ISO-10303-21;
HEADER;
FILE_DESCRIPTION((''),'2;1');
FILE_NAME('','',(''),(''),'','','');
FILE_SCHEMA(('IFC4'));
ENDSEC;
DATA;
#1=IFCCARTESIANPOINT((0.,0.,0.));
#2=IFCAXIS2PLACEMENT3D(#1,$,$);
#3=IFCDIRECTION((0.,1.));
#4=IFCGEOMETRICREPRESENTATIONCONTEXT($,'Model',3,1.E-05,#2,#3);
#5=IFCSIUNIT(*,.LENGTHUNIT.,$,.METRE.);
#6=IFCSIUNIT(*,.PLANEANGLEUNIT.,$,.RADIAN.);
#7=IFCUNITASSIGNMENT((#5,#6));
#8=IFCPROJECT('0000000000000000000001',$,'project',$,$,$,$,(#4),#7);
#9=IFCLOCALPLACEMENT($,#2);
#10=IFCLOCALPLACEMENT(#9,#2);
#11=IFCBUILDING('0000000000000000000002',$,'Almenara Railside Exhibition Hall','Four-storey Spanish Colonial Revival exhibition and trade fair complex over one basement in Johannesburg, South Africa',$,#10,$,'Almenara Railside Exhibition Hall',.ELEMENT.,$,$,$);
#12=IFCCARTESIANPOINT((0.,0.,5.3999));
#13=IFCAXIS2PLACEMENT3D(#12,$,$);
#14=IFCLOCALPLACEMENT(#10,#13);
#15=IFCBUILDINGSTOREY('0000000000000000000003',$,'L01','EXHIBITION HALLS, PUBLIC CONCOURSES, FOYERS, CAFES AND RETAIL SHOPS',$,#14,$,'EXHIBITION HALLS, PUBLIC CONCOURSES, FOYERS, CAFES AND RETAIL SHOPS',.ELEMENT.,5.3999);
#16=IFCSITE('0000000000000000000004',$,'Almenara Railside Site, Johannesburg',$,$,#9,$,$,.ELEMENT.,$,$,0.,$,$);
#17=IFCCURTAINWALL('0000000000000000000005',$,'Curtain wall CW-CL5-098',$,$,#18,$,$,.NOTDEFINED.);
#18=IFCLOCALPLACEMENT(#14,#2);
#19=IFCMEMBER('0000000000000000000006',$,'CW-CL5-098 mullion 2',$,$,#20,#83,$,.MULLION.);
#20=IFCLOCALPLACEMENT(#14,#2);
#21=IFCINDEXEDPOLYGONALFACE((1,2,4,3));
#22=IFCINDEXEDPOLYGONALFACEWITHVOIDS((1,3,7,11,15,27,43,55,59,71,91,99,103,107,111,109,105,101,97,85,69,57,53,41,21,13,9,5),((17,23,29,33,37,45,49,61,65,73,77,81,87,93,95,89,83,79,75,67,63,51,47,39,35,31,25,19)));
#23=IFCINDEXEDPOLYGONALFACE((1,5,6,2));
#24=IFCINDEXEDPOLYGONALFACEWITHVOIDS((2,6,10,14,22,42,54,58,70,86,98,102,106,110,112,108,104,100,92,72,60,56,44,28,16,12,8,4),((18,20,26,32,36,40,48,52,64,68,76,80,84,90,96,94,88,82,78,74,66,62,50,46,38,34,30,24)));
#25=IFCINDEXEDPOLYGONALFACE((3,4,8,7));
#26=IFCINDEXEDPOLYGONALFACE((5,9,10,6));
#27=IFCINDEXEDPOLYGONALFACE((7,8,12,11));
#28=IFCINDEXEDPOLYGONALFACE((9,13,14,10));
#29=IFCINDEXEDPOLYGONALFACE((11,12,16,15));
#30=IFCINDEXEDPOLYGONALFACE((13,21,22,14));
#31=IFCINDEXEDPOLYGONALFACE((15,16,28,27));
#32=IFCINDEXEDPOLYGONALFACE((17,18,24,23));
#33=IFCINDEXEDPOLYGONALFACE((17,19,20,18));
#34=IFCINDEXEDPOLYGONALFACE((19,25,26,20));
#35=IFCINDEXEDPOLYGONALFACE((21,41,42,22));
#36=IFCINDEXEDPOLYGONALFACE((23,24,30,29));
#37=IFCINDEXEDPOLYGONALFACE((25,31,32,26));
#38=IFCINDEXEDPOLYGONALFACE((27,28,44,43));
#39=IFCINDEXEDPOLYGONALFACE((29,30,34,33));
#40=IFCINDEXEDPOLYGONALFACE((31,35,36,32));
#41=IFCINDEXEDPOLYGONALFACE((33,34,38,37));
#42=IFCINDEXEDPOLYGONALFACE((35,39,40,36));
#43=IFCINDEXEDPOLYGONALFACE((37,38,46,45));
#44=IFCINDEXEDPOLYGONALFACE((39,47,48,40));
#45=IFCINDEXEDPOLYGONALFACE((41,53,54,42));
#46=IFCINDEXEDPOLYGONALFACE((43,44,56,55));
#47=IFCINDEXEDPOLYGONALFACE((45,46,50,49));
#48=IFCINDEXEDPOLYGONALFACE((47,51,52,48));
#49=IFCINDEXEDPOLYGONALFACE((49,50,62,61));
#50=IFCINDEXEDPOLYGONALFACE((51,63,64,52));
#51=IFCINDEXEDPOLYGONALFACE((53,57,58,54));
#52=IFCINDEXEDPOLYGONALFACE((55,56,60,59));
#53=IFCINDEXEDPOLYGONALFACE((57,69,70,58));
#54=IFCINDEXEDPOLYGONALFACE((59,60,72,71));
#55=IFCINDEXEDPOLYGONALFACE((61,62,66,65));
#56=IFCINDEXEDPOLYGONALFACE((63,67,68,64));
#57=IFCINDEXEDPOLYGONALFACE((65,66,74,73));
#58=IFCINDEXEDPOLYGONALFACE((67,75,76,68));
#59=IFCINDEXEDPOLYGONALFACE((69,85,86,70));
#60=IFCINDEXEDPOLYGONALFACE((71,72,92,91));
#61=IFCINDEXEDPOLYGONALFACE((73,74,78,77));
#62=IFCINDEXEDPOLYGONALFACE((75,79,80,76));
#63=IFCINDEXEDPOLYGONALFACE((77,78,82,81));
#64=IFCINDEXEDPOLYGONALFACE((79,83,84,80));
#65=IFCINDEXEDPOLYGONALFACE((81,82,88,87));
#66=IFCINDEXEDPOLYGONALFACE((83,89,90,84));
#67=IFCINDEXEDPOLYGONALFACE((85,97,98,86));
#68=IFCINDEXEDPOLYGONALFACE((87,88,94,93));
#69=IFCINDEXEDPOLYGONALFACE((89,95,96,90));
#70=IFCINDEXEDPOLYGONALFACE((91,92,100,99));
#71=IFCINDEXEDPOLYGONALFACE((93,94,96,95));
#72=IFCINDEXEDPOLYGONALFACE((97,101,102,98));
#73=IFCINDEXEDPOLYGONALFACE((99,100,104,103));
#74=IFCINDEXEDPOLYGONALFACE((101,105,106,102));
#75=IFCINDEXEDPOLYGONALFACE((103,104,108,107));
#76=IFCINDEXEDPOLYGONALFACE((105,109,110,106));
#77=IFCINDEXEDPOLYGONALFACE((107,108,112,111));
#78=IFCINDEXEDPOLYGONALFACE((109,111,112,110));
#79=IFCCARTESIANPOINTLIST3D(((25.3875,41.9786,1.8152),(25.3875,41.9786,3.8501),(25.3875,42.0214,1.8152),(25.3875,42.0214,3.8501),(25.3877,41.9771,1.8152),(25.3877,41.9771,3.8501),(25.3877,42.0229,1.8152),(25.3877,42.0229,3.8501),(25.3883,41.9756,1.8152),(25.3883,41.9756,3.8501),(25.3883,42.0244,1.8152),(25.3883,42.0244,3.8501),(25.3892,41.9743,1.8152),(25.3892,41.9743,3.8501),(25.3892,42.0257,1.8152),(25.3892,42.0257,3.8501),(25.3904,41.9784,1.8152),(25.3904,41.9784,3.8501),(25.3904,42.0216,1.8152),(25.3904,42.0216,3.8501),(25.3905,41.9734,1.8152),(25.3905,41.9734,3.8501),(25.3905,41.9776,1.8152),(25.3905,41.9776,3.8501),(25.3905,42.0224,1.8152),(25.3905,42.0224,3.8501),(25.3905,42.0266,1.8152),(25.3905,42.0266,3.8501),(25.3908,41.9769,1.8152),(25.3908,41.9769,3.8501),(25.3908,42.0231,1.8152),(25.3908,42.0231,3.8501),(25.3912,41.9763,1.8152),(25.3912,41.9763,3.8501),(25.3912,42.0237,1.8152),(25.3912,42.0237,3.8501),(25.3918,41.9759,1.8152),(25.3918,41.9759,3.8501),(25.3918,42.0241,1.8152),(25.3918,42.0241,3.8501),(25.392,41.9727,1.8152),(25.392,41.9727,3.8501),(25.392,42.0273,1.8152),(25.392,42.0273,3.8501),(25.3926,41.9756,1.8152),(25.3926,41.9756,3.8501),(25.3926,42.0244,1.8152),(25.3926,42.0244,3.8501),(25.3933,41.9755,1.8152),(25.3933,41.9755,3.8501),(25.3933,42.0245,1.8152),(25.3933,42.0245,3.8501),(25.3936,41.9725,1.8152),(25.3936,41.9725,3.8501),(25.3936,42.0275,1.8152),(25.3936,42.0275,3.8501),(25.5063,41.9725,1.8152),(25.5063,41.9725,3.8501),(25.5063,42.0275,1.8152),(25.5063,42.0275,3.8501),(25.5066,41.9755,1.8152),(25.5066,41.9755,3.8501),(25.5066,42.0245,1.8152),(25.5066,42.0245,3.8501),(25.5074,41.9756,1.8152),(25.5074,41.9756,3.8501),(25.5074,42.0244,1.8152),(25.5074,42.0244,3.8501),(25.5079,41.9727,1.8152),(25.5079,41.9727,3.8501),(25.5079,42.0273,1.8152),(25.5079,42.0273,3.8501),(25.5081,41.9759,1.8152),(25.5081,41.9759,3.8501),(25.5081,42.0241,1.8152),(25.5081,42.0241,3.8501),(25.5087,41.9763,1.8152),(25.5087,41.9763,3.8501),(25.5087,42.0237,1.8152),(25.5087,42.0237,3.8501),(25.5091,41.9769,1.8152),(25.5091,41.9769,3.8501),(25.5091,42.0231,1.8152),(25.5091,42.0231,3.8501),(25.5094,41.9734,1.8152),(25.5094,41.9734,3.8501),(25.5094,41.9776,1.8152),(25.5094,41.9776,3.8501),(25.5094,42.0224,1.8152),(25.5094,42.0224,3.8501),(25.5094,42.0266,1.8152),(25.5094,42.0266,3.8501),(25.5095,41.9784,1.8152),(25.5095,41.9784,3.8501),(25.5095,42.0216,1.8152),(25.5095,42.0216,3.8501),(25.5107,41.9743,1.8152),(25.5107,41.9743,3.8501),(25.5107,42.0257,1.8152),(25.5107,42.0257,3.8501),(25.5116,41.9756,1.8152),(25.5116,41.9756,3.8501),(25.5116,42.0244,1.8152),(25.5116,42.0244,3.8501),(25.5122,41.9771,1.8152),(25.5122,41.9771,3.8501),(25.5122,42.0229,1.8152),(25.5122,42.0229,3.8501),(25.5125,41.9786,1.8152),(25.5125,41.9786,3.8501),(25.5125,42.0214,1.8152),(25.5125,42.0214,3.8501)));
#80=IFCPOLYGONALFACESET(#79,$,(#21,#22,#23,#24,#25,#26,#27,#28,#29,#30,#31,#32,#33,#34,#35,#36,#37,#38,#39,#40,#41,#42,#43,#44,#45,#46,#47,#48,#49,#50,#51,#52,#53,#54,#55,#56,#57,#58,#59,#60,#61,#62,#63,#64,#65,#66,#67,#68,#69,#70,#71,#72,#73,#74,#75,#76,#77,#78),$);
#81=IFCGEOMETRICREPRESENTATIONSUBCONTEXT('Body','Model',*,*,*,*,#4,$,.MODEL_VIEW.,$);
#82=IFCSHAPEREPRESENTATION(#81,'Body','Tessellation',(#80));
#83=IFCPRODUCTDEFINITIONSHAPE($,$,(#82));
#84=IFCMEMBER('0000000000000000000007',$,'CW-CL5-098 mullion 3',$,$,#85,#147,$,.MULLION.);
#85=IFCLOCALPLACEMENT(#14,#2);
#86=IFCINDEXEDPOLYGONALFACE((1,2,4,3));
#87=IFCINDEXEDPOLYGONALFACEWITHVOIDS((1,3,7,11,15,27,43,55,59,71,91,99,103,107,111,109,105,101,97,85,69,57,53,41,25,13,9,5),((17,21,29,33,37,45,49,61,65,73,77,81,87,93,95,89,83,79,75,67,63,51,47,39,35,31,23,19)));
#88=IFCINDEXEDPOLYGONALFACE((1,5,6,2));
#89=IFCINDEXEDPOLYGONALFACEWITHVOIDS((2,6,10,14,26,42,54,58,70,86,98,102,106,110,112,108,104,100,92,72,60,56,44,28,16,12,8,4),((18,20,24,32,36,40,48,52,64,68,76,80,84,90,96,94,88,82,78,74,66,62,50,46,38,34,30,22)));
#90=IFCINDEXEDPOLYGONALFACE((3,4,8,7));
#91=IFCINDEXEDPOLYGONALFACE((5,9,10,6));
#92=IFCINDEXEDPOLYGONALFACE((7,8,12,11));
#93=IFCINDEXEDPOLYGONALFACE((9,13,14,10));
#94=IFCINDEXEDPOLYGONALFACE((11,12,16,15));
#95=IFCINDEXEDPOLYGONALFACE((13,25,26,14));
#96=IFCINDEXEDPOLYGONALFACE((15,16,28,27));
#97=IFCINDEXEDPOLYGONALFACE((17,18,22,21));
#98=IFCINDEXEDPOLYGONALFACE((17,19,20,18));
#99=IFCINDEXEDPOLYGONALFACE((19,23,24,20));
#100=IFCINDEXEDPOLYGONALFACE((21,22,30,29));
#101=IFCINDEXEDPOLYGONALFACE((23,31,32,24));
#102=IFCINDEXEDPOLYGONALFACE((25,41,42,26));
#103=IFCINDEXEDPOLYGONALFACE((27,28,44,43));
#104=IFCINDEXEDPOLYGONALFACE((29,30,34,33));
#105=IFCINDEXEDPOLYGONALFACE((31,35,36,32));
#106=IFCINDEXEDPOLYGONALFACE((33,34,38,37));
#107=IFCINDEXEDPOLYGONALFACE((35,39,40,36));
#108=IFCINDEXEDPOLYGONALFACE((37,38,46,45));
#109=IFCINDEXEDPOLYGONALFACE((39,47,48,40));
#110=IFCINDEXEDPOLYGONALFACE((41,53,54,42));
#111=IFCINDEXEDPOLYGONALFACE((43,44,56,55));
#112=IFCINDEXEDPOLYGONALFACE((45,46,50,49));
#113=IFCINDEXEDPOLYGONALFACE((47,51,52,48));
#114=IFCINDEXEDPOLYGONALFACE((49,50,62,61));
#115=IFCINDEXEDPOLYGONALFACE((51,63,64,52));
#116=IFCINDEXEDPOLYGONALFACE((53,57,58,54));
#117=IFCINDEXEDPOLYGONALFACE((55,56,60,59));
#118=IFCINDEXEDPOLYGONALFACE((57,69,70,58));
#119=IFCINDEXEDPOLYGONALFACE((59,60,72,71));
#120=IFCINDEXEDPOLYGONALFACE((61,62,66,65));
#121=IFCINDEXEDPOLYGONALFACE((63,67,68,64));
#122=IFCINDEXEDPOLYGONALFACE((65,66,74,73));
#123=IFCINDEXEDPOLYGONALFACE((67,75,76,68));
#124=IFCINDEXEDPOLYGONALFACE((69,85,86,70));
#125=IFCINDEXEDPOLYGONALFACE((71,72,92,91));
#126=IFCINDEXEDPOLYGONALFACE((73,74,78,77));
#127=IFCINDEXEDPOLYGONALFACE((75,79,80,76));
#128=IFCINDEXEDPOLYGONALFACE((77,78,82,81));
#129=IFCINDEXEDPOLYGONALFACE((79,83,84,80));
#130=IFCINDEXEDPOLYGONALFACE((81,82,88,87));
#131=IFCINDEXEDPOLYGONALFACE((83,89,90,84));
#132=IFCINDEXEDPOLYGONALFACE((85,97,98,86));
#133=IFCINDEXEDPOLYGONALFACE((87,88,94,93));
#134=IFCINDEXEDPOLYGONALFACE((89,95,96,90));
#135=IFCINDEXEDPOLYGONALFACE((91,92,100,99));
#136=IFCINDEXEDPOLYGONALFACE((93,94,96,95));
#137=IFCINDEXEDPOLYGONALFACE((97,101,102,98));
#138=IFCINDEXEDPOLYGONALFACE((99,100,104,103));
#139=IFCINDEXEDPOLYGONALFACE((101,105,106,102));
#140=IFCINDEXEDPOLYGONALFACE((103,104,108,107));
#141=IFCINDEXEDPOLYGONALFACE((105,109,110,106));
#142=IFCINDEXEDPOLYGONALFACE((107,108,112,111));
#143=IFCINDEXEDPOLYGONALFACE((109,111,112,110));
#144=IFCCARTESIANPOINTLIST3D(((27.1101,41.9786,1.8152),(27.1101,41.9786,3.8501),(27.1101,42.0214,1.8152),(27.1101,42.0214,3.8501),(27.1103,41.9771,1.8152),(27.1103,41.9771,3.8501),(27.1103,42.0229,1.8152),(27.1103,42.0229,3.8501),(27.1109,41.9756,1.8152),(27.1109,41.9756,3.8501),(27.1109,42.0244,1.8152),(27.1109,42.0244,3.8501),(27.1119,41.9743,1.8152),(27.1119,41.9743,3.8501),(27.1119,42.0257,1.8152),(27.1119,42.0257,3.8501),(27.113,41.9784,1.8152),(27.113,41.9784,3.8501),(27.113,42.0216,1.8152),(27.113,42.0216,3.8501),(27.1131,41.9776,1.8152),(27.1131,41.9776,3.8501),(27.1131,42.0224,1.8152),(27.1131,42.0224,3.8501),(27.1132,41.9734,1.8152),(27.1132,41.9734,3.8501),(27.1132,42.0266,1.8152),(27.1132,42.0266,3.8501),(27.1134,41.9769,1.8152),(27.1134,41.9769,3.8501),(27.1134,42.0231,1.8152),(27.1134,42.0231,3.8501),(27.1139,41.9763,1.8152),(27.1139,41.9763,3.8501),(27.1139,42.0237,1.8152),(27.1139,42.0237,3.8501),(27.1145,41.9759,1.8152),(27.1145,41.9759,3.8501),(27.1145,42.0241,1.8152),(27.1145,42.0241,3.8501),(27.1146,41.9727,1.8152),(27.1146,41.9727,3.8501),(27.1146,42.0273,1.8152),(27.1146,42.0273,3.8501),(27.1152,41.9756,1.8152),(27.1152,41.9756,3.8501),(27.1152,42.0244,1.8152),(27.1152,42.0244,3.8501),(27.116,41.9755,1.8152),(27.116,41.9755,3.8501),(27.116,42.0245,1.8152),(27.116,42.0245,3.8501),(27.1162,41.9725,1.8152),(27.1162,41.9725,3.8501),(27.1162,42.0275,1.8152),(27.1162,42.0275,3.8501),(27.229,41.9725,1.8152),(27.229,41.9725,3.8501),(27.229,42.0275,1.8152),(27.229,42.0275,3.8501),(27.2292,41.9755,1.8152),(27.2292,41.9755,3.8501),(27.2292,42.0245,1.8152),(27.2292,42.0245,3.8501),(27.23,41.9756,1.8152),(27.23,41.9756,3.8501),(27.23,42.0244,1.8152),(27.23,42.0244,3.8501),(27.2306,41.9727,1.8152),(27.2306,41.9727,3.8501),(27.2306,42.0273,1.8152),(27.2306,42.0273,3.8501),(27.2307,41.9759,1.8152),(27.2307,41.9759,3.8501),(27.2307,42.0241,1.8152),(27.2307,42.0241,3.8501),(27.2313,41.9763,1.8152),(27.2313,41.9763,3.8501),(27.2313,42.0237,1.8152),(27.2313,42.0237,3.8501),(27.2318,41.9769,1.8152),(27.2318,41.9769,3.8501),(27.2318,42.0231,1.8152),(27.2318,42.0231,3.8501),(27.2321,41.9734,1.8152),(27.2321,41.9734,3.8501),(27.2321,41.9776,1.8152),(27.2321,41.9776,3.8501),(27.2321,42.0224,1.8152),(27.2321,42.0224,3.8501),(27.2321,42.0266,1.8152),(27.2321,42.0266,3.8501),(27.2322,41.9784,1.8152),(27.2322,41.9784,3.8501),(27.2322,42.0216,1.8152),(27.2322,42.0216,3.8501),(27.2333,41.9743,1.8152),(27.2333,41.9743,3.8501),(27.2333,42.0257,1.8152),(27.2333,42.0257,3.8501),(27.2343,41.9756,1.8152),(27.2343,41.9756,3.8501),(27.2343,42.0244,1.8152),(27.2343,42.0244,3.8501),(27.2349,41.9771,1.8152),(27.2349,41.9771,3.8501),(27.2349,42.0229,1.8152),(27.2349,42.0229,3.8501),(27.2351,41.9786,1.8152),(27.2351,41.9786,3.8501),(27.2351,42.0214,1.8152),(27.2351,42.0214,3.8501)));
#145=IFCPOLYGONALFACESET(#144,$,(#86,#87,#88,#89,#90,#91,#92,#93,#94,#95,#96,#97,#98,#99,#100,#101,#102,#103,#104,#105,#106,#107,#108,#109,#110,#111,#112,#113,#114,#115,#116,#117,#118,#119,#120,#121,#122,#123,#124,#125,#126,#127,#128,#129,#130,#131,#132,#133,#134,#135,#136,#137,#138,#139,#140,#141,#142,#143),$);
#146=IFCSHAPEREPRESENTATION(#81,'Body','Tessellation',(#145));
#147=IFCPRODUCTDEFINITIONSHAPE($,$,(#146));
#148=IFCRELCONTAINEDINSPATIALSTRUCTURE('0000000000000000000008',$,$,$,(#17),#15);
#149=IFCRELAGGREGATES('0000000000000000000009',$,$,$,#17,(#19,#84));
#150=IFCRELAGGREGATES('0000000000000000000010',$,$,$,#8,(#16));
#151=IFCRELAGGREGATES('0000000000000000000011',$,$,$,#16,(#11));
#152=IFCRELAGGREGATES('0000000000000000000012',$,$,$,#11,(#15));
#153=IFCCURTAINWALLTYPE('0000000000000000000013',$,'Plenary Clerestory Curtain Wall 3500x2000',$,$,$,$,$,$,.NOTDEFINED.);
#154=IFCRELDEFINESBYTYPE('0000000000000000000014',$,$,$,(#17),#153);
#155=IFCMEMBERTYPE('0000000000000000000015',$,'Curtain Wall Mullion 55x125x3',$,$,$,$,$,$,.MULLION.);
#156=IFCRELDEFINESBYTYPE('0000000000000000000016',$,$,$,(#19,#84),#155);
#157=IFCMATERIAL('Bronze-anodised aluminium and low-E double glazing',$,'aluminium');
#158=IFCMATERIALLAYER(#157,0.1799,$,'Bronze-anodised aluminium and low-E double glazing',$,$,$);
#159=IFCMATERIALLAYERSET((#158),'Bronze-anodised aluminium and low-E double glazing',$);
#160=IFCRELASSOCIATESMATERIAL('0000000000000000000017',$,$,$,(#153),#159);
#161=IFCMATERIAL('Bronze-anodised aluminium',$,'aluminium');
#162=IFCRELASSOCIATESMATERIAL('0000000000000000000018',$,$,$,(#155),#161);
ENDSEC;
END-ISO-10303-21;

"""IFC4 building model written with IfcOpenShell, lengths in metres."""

from ifc_helpers import new_model, si_unit, direction, frame, origin, origin_2d, place, context, subcontext, project, spatial, hollow_rectangle, extrude, material, layer, layer_set, material_profile, profile_set, type_object, element, aggregate, save


model = new_model("IFC4")

# Units and contexts
model_context = context("Model", 3, precision=1e-05, world=origin(), true_north=direction((0.0, 1.0)))
body_context = subcontext(model_context, "Body", "Model", "MODEL_VIEW")
ifc_project = project(units=[si_unit("LENGTHUNIT", "METRE"), si_unit("PLANEANGLEUNIT", "RADIAN")], contexts=[model_context])

# Site, building, storey
site_placement = place(None, origin())
site = spatial("IfcSite", under=ifc_project, at=site_placement, Name="Almenara Railside Site, Johannesburg", CompositionType="ELEMENT", RefElevation=0.0)
building_placement = place(site_placement, origin())
building = spatial("IfcBuilding", under=site, at=building_placement, Name="Almenara Railside Exhibition Hall", Description="Four-storey Spanish Colonial Revival exhibition and trade fair complex over one basement in Johannesburg, South Africa", LongName="Almenara Railside Exhibition Hall", CompositionType="ELEMENT")
storey_placement = place(building_placement, frame((0.0, 0.0, 5.3999)))
storey = spatial("IfcBuildingStorey", under=building, at=storey_placement, Name="L01", Description="EXHIBITION HALLS, PUBLIC CONCOURSES, FOYERS, CAFES AND RETAIL SHOPS", LongName="EXHIBITION HALLS, PUBLIC CONCOURSES, FOYERS, CAFES AND RETAIL SHOPS", CompositionType="ELEMENT", Elevation=5.3999)

# Curtain wall, members
ifc_material_1 = material(Name="Bronze-anodised aluminium and low-E double glazing", Category="aluminium")
ifc_layer_1 = layer(ifc_material_1, 0.1799, Name="Bronze-anodised aluminium and low-E double glazing")
ifc_layer_set_1 = layer_set([ifc_layer_1], Name="Bronze-anodised aluminium and low-E double glazing")
curtain_wall_type_1 = type_object("IfcCurtainWallType", Name="Plenary Clerestory Curtain Wall 3500x2000", PredefinedType="NOTDEFINED", material=ifc_layer_set_1)
curtain_wall_1_placement = place(storey_placement, origin())
curtain_wall_1 = element("IfcCurtainWall", 1, at=curtain_wall_1_placement, inside=storey, type_object=curtain_wall_type_1, Name="Curtain wall CW-CL5-098", PredefinedType="NOTDEFINED")
ifc_material_2 = material(Name="Bronze-anodised aluminium", Category="aluminium")
ifc_material_profile_1 = material_profile(ifc_material_2, hollow_rectangle(XDim=0.0549, YDim=0.125, WallThickness=0.0029, InnerFilletRadius=0.0029, OuterFilletRadius=0.0061, at=origin_2d()), Name="ALU-MUL 55x125x3")
ifc_profile_set_1 = profile_set([ifc_material_profile_1], Name="Bronze-anodised aluminium")
member_type_1 = type_object("IfcMemberType", Name="Curtain Wall Mullion 55x125x3", PredefinedType="MULLION", material=ifc_profile_set_1)
member_1_placement = place(storey_placement, frame((25.45, 42.0, 1.8152), z_axis=(0.0, 0.0, 1.0), x_axis=(0.0, 1.0, 0.0)))
member_1 = element("IfcMember", 2, at=member_1_placement, type_object=member_type_1, Name="CW-CL5-098 mullion 2", PredefinedType="MULLION", context=body_context, shape_type="SweptSolid", body=[
    extrude(hollow_rectangle(XDim=0.0549, YDim=0.125, WallThickness=0.0029, InnerFilletRadius=0.0029, OuterFilletRadius=0.0061, at=origin_2d()), origin(), (0.0, 0.0, 1.0), 2.0349),
])
member_2_placement = place(storey_placement, frame((27.1726, 42.0, 1.8152), z_axis=(0.0, 0.0, 1.0), x_axis=(0.0, 1.0, 0.0)))
member_2 = element("IfcMember", 3, at=member_2_placement, type_object=member_type_1, Name="CW-CL5-098 mullion 3", PredefinedType="MULLION", context=body_context, shape_type="SweptSolid", body=[
    extrude(hollow_rectangle(XDim=0.0549, YDim=0.125, WallThickness=0.0029, InnerFilletRadius=0.0029, OuterFilletRadius=0.0061, at=origin_2d()), origin(), (0.0, 0.0, 1.0), 2.0349),
])

aggregate(curtain_wall_1, [member_1, member_2])

save(model, "model.ifc")
